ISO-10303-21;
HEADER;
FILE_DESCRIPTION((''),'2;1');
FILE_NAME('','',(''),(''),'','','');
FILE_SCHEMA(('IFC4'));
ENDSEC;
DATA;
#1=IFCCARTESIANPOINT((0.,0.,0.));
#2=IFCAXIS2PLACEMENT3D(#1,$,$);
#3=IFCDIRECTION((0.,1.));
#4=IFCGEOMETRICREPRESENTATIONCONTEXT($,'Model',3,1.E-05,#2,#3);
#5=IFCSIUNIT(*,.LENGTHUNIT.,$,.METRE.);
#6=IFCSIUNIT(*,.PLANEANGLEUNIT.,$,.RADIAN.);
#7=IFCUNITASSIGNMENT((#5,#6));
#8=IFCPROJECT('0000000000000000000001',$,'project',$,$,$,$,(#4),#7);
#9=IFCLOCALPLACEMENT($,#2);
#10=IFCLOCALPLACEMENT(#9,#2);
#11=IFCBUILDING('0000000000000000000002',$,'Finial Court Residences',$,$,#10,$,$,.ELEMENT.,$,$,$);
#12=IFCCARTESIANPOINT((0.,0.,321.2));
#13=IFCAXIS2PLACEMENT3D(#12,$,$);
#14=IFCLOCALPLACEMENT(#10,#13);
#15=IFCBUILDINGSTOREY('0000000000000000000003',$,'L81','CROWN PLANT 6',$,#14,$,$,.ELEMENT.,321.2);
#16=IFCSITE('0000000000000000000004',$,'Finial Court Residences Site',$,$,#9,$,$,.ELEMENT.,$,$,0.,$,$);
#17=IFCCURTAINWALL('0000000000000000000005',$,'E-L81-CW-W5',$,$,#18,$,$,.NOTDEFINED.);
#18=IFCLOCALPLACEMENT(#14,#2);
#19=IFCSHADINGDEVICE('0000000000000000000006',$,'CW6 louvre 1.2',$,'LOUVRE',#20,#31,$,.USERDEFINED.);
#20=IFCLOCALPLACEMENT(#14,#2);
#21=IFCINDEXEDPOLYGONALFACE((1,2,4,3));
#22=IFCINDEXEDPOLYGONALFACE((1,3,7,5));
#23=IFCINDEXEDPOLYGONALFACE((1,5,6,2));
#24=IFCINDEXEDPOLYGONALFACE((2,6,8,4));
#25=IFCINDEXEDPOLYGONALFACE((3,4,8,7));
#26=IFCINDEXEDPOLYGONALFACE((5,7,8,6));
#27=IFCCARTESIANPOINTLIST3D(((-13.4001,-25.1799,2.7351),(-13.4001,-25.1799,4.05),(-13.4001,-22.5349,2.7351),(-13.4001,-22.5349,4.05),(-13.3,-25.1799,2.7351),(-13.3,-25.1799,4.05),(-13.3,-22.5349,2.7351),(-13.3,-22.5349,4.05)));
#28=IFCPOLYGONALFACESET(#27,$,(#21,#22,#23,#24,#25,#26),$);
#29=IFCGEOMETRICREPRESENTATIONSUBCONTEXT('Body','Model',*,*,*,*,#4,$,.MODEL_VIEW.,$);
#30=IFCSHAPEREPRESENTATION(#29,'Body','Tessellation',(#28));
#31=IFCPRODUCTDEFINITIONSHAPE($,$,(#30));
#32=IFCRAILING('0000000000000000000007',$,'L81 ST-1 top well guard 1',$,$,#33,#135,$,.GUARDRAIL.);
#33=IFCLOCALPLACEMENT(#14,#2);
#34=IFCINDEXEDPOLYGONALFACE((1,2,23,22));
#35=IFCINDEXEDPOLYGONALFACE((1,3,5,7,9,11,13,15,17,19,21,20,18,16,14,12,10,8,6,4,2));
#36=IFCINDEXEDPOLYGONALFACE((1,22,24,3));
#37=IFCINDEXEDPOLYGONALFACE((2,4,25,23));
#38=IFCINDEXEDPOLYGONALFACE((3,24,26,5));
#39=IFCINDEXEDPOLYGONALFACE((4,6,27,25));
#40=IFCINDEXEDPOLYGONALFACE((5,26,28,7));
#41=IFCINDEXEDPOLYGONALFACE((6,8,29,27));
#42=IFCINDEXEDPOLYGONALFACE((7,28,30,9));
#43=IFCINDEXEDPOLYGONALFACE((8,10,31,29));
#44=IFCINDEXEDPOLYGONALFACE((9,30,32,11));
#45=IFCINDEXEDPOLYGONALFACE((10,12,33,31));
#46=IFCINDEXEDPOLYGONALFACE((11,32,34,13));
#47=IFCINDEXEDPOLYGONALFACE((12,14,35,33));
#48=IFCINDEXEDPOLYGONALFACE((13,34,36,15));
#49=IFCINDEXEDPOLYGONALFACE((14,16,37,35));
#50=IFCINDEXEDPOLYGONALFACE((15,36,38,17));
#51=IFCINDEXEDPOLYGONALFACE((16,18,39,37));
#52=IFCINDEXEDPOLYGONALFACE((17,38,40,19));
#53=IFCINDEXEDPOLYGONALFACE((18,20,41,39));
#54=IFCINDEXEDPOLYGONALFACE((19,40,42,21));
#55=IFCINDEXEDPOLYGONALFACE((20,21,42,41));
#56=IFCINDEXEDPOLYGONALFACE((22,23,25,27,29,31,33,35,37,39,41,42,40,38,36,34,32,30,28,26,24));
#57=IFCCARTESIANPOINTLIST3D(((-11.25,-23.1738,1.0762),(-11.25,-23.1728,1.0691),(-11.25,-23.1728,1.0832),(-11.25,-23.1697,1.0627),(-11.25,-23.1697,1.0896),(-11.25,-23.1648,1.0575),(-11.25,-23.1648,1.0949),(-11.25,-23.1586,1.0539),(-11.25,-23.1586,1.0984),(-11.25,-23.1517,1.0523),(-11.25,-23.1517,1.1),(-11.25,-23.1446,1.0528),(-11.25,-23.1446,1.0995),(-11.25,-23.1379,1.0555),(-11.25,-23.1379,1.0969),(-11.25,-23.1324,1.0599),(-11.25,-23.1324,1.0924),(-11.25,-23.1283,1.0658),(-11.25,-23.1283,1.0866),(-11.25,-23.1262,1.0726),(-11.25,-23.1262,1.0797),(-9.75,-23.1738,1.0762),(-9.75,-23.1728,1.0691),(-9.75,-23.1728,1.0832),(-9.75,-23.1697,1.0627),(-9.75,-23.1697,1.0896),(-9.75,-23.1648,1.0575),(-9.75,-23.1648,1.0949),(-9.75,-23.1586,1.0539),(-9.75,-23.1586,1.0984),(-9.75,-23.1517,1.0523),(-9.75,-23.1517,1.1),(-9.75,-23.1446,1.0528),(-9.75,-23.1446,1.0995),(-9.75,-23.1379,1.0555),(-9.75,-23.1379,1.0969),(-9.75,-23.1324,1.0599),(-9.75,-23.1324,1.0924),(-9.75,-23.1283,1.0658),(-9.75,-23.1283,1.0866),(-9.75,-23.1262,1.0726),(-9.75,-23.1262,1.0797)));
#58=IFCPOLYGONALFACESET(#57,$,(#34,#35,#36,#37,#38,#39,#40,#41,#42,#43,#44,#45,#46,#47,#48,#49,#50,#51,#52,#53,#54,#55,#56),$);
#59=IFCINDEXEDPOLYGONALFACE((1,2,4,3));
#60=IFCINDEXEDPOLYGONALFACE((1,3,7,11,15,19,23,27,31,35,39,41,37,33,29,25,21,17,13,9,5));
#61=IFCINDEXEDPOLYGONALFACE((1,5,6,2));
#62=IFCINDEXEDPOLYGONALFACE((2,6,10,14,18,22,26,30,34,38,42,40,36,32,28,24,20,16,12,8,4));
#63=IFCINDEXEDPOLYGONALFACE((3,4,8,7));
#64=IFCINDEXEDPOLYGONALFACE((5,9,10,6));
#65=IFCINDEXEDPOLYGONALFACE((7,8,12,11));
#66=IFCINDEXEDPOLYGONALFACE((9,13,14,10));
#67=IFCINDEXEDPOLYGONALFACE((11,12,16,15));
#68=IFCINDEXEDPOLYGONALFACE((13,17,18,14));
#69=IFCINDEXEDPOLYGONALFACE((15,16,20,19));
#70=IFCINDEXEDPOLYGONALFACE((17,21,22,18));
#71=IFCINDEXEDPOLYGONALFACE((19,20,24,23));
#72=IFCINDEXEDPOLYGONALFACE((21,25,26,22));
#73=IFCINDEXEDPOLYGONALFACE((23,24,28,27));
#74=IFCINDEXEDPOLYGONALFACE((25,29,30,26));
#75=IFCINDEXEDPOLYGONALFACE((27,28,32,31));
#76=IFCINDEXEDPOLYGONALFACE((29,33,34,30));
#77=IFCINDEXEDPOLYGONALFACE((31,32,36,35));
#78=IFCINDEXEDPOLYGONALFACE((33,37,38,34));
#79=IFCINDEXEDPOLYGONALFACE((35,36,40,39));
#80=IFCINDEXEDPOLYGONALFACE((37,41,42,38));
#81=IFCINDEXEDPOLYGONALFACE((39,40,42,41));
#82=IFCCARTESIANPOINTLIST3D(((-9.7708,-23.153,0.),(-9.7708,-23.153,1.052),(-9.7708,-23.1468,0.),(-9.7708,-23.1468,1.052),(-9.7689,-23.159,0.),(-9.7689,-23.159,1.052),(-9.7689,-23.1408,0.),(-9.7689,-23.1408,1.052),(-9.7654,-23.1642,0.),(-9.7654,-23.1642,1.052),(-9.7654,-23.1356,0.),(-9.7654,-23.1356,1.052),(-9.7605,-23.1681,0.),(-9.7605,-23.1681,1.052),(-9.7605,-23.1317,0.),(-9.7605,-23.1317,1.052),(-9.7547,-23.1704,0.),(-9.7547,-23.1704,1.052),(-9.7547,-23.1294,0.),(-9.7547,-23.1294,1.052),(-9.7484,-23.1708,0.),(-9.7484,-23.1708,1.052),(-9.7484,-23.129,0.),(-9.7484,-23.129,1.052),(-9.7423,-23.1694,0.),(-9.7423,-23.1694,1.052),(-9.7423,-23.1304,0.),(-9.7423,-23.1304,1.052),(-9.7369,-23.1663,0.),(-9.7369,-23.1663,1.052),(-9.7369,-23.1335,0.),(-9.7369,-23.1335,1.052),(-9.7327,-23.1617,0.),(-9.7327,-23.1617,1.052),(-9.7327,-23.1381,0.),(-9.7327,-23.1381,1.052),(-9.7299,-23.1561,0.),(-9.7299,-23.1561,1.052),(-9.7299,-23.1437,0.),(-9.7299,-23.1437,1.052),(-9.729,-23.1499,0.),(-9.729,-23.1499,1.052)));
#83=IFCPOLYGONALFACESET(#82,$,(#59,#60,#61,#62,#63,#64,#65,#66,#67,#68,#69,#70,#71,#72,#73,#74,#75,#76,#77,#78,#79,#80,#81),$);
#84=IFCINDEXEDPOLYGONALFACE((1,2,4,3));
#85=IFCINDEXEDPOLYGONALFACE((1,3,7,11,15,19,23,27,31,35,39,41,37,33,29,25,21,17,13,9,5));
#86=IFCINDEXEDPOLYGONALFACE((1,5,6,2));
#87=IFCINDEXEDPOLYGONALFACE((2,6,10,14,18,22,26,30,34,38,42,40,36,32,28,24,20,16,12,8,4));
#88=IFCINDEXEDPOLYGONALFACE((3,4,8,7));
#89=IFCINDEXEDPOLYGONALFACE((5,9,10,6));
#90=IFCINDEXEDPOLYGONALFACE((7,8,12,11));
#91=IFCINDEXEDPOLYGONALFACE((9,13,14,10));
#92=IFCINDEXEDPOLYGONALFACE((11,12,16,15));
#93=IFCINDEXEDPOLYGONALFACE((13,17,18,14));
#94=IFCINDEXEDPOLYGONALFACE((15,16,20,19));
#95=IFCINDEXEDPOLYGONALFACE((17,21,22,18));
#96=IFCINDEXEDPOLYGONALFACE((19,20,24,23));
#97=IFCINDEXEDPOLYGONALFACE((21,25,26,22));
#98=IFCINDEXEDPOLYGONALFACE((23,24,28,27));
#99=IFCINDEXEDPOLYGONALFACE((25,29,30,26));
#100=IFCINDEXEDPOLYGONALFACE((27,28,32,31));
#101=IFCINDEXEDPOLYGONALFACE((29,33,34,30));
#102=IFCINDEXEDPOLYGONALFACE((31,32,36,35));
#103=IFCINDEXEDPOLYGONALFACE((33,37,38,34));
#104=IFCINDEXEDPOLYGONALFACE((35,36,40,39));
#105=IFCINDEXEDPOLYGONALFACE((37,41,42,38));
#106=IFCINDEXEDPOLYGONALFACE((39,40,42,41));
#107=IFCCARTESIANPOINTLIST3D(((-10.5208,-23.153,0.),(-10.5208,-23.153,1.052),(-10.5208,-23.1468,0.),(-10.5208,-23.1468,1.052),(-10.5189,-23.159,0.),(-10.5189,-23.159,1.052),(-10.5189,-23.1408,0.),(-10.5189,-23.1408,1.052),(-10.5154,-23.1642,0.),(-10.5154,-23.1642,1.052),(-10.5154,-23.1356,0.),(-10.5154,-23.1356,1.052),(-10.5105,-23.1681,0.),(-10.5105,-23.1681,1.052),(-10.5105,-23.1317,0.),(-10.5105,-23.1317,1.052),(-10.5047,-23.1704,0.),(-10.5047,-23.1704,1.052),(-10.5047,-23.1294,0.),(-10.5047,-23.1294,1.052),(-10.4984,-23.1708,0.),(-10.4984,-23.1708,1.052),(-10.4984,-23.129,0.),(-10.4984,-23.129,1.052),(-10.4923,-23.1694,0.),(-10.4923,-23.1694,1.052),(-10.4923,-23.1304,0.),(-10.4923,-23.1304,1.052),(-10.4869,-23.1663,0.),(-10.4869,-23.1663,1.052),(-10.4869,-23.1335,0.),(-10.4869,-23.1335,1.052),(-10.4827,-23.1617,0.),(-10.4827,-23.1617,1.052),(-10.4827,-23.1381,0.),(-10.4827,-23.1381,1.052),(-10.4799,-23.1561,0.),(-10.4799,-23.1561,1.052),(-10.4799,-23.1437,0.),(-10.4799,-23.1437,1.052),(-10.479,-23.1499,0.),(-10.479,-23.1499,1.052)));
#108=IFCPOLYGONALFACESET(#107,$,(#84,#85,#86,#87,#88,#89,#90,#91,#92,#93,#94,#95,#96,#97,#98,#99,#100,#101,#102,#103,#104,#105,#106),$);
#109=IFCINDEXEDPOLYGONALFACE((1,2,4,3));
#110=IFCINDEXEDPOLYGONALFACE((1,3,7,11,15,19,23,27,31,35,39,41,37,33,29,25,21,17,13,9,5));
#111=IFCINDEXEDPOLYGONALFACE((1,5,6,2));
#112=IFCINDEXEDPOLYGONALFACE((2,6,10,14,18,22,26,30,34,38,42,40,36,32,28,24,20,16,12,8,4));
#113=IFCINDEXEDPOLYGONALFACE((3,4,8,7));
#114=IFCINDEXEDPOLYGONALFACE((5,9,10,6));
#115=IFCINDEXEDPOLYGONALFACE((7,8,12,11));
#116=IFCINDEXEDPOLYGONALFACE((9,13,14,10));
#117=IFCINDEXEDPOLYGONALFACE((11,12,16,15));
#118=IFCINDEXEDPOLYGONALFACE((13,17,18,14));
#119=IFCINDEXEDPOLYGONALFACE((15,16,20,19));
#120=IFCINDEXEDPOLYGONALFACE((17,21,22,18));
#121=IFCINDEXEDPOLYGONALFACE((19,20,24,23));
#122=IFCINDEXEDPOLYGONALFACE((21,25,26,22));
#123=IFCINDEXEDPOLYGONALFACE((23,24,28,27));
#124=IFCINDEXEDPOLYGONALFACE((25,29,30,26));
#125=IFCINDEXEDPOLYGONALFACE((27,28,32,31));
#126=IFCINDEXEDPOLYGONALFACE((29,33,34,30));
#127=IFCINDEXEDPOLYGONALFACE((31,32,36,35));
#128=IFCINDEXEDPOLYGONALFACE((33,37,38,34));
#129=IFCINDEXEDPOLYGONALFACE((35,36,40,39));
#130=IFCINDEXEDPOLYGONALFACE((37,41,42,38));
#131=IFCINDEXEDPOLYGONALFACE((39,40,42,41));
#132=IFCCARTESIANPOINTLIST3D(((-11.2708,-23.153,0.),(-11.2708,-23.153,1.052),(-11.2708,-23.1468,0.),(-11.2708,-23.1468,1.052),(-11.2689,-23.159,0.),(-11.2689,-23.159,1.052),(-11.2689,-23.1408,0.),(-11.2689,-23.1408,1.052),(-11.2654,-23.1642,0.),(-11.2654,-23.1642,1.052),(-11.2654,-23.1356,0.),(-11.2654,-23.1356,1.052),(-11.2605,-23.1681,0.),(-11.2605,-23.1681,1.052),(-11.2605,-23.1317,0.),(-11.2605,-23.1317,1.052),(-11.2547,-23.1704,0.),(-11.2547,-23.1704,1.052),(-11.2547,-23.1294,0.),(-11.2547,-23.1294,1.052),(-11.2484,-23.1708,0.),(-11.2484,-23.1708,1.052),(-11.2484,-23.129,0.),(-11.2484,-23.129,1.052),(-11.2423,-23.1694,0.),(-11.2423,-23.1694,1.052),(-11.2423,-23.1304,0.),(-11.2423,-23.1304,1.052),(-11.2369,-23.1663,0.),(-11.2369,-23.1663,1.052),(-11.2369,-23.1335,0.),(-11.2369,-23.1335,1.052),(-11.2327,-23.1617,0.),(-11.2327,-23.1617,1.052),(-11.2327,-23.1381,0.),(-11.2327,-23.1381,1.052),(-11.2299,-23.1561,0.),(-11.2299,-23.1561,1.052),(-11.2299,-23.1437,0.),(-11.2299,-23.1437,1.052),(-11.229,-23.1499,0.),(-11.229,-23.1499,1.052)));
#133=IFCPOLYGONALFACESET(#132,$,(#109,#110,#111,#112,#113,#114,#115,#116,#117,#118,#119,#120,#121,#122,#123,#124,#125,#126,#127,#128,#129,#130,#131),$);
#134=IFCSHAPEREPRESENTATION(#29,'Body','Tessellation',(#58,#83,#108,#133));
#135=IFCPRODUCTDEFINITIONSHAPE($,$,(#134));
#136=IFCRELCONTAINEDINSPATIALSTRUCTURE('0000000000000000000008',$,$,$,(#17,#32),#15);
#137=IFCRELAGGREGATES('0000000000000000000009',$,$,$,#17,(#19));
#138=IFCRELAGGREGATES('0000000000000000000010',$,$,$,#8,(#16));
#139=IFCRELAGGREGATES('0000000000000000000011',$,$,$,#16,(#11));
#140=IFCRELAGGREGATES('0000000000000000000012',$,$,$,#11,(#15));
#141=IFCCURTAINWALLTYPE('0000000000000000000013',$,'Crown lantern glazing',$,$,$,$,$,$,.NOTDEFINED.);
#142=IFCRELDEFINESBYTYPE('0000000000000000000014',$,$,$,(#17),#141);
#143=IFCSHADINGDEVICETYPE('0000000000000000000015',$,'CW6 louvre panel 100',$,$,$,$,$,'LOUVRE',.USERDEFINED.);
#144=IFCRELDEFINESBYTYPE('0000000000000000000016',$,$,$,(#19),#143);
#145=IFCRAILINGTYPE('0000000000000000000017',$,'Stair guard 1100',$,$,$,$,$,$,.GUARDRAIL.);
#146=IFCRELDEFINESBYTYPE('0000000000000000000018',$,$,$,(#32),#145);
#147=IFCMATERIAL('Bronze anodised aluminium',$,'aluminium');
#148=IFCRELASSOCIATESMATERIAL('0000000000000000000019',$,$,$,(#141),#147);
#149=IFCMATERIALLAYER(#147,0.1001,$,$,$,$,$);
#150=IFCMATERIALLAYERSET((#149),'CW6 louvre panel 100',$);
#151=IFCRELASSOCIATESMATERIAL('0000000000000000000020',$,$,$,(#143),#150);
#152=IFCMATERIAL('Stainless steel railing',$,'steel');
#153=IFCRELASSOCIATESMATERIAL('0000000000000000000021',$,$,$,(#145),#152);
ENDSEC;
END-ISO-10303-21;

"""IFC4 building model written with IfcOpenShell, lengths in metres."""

from ifc_helpers import new_model, si_unit, direction, frame, origin, origin_2d, place, context, subcontext, project, spatial, rectangle, circle, extrude, material, layer, layer_set, type_object, element, aggregate, save


model = new_model("IFC4")

# Units and contexts
model_context = context("Model", 3, precision=1e-05, world=origin(), true_north=direction((0.0, 1.0)))
body_context = subcontext(model_context, "Body", "Model", "MODEL_VIEW")
ifc_project = project(units=[si_unit("LENGTHUNIT", "METRE"), si_unit("PLANEANGLEUNIT", "RADIAN")], contexts=[model_context])

# Site, building, storey
site_placement = place(None, origin())
site = spatial("IfcSite", under=ifc_project, at=site_placement, Name="Finial Court Residences Site", CompositionType="ELEMENT", RefElevation=0.0)
building_placement = place(site_placement, origin())
building = spatial("IfcBuilding", under=site, at=building_placement, Name="Finial Court Residences", CompositionType="ELEMENT")
storey_placement = place(building_placement, frame((0.0, 0.0, 321.2)))
storey = spatial("IfcBuildingStorey", under=building, at=storey_placement, Name="L81", Description="CROWN PLANT 6", CompositionType="ELEMENT", Elevation=321.2)

# Curtain wall
ifc_material_1 = material(Name="Bronze anodised aluminium", Category="aluminium")
curtain_wall_type = type_object("IfcCurtainWallType", Name="Crown lantern glazing", PredefinedType="NOTDEFINED", material=ifc_material_1)
curtain_wall_placement = place(storey_placement, origin())
curtain_wall = element("IfcCurtainWall", 1, at=curtain_wall_placement, inside=storey, type_object=curtain_wall_type, Name="E-L81-CW-W5", PredefinedType="NOTDEFINED")

# Shading device
ifc_layer_1 = layer(ifc_material_1, 0.1001)
ifc_layer_set_1 = layer_set([ifc_layer_1], Name="CW6 louvre panel 100")
shading_device_type = type_object("IfcShadingDeviceType", Name="CW6 louvre panel 100", ElementType="LOUVRE", PredefinedType="USERDEFINED", material=ifc_layer_set_1)
shading_device_placement = place(storey_placement, frame((-13.3501, -23.8574, 2.7351), z_axis=(0.0, 0.0, 1.0), x_axis=(0.0, 1.0, 0.0)))
shading_device = element("IfcShadingDevice", 2, at=shading_device_placement, type_object=shading_device_type, Name="CW6 louvre 1.2", ObjectType="LOUVRE", PredefinedType="USERDEFINED", context=body_context, shape_type="SweptSolid", body=[
    extrude(rectangle(XDim=2.645, YDim=0.1001, at=origin_2d()), origin(), (0.0, 0.0, 1.0), 1.3149),
])
aggregate(curtain_wall, [shading_device])

# Railing
ifc_material_2 = material(Name="Stainless steel railing", Category="steel")
railing_type = type_object("IfcRailingType", Name="Stair guard 1100", PredefinedType="GUARDRAIL", material=ifc_material_2)
railing_placement = place(storey_placement, frame((-9.75, -23.1499, 0.0)))
element("IfcRailing", 3, at=railing_placement, inside=storey, type_object=railing_type, Name="L81 ST-1 top well guard 1", PredefinedType="GUARDRAIL", context=body_context, shape_type="SweptSolid", body=[
    extrude(circle(Radius=0.0239, at=origin_2d()), frame((0.0, 0.0, 1.0762), z_axis=(-1.0, 0.0, 0.0), x_axis=(0.0, -1.0, 0.0)), (0.0, 0.0, 1.0), 1.5),
    extrude(circle(Radius=0.021, at=origin_2d()), origin(), (0.0, 0.0, 1.0), 1.052),
    extrude(circle(Radius=0.021, at=origin_2d()), frame((-0.75, 0.0, 0.0)), (0.0, 0.0, 1.0), 1.052),
    extrude(circle(Radius=0.021, at=origin_2d()), frame((-1.5, 0.0, 0.0)), (0.0, 0.0, 1.0), 1.052),
])

save(model, "model.ifc")
